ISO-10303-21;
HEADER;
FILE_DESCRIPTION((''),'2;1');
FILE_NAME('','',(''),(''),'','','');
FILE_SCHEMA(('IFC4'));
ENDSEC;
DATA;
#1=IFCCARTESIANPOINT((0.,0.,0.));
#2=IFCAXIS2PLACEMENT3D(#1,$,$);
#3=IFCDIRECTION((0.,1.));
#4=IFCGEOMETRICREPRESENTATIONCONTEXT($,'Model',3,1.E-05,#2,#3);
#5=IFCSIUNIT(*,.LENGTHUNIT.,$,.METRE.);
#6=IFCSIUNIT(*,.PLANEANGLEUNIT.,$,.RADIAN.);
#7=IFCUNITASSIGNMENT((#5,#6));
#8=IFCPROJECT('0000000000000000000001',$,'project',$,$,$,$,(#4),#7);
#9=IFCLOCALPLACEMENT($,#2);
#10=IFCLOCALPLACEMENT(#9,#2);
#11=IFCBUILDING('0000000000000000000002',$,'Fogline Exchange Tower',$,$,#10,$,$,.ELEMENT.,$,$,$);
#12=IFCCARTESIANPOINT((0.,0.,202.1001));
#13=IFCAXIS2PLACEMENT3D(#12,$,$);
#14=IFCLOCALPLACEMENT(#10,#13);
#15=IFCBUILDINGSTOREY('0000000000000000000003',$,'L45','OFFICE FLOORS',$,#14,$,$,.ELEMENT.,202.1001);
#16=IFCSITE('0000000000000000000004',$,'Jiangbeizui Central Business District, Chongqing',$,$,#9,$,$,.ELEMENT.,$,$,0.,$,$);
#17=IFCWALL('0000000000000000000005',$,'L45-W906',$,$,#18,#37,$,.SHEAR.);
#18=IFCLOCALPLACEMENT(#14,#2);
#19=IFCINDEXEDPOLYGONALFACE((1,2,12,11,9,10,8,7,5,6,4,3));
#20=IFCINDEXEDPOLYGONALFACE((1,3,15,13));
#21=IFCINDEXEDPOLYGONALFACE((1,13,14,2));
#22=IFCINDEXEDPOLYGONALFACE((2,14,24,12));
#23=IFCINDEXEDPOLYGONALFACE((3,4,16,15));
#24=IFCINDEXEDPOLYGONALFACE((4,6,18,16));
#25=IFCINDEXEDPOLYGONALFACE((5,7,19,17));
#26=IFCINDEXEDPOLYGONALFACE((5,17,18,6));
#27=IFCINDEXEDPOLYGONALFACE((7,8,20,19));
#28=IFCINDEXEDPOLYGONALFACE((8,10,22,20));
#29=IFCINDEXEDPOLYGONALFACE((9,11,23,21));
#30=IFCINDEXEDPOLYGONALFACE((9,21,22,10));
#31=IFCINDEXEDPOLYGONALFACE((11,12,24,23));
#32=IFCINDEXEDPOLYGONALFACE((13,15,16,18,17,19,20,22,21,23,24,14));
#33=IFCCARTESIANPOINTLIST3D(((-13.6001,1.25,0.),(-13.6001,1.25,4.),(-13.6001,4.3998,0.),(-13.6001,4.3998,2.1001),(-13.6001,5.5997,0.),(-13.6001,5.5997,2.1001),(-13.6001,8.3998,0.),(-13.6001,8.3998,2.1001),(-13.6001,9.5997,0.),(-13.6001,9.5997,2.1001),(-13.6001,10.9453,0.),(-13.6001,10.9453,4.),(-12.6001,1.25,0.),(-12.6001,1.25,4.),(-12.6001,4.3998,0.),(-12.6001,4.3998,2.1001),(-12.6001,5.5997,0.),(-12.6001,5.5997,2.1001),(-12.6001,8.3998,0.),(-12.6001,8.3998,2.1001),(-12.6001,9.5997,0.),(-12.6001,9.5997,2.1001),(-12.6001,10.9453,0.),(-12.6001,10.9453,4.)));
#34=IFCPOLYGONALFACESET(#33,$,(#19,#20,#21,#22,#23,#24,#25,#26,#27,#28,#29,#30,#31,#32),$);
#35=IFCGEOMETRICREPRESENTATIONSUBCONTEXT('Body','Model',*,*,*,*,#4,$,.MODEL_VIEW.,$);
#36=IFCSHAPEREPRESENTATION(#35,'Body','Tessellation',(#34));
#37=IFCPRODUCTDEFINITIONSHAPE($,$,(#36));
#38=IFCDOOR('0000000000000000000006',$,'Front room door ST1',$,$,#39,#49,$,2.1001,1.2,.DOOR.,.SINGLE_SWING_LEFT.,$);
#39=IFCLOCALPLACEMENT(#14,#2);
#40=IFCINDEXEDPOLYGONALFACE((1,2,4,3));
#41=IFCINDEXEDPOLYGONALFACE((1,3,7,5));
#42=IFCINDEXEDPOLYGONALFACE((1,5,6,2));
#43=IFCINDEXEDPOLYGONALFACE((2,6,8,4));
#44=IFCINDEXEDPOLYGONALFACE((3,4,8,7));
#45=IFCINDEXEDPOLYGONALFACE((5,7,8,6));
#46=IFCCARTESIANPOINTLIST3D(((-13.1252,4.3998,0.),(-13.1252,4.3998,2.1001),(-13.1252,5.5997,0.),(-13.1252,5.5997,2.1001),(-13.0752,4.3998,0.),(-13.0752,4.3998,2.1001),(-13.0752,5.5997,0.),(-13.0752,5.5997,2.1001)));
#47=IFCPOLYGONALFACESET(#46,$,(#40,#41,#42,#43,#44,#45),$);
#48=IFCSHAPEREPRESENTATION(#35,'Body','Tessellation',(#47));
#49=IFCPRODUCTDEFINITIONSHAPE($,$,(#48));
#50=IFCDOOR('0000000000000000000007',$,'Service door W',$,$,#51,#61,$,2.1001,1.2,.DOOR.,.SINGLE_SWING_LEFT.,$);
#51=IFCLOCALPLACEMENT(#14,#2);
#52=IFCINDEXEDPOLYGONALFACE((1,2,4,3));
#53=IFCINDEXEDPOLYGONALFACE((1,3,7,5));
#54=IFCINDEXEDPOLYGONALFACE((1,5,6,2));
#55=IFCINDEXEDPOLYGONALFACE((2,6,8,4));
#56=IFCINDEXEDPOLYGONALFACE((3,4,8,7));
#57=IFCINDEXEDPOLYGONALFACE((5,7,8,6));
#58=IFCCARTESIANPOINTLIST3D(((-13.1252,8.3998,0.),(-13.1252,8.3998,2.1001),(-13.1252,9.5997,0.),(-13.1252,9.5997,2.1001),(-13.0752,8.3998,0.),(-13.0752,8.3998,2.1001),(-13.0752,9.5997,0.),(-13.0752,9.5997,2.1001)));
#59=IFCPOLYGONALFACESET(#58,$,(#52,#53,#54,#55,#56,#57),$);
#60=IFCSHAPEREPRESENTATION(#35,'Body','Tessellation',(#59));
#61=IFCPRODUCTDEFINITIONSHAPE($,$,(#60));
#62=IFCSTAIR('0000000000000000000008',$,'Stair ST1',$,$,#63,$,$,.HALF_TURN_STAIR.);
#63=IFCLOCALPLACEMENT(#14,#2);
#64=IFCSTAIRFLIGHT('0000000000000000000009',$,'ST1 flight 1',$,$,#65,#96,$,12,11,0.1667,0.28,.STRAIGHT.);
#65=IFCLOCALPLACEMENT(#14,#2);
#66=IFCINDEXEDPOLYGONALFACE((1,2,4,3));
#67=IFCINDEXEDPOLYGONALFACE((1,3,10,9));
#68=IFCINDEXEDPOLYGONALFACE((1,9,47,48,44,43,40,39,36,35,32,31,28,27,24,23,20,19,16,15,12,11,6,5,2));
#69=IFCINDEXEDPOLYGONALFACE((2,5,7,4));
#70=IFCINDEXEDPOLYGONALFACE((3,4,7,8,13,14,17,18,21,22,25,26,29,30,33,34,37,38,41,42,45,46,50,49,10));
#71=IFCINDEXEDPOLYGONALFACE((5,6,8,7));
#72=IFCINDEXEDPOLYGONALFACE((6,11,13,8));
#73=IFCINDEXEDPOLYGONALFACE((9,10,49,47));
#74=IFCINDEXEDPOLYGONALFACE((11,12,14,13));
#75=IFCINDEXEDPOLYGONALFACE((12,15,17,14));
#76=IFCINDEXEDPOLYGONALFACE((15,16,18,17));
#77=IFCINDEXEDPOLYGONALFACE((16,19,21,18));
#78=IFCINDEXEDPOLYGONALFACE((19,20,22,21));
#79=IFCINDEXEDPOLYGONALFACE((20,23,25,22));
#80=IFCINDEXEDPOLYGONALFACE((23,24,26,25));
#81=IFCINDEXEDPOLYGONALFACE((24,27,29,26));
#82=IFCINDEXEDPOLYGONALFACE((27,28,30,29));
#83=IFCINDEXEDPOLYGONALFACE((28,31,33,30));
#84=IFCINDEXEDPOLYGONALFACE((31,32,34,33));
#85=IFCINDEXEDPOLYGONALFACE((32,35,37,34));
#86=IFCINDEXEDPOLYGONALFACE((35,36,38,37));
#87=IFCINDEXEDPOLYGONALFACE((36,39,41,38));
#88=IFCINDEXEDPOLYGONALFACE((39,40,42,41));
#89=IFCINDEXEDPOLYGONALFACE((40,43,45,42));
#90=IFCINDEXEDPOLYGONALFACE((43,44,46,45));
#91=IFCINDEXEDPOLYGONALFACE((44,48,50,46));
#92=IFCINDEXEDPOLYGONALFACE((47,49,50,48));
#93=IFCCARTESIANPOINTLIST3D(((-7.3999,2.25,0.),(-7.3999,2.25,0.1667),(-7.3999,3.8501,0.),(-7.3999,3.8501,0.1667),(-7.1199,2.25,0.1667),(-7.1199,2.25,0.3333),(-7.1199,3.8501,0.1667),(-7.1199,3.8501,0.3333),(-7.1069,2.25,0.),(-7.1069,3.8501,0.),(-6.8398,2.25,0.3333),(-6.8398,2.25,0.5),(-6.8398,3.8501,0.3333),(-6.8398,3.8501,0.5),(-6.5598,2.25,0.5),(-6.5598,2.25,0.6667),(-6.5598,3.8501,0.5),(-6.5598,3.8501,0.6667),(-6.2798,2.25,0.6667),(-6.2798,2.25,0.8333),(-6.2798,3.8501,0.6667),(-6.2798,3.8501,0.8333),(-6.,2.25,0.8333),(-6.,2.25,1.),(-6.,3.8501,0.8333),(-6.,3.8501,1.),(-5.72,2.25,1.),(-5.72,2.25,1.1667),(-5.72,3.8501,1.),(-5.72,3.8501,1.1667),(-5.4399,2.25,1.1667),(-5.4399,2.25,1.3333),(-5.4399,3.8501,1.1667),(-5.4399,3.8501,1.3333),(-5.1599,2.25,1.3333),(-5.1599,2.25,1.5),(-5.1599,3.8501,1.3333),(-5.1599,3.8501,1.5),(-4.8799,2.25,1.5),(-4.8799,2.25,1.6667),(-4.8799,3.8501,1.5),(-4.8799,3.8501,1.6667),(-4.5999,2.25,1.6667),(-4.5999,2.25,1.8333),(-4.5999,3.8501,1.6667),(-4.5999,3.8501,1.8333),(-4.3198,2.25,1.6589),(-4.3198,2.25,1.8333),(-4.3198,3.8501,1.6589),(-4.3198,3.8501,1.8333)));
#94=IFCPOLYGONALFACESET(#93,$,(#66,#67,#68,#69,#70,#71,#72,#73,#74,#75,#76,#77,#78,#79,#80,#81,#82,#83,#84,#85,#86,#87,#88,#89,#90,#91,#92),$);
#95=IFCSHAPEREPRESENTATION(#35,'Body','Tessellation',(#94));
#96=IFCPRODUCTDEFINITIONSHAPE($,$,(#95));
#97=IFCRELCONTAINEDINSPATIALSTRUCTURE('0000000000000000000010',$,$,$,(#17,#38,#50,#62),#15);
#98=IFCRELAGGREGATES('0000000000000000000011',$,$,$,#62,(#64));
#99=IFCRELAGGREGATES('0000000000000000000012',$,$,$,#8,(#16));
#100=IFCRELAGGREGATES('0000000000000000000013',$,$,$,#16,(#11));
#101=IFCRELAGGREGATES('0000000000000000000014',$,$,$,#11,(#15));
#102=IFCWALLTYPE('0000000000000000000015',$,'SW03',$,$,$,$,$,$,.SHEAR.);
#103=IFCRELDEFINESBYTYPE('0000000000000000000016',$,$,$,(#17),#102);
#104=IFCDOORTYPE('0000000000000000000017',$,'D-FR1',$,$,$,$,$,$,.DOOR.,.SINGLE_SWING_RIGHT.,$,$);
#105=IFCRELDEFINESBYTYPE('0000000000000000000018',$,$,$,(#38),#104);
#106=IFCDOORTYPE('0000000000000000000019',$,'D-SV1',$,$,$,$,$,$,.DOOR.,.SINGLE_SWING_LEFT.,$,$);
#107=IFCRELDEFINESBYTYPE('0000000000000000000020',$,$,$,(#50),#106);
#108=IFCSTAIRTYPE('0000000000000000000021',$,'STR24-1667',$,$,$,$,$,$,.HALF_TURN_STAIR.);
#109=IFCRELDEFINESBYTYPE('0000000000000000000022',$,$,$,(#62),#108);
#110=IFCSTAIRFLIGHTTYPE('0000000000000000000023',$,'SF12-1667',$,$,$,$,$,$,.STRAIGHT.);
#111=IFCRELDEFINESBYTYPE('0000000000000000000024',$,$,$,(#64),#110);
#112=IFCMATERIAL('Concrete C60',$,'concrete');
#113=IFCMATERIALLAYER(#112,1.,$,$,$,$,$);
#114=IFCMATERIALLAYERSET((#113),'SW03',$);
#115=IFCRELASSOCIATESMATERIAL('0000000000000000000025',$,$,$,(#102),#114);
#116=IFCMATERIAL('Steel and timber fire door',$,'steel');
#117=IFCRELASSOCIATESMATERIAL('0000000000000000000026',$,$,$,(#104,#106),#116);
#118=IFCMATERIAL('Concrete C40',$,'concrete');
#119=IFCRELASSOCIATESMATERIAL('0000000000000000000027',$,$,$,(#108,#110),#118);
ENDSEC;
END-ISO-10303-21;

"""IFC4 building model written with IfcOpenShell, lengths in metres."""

from ifc_helpers import new_model, si_unit, direction, frame, frame_2d, origin, place, context, subcontext, project, spatial, polyline, rectangle, outline, extrude, material, layer, layer_set, type_object, element, fill, aggregate, save


model = new_model("IFC4")

# Units and contexts
model_context = context("Model", 3, precision=1e-05, world=origin(), true_north=direction((0.0, 1.0)))
body_context = subcontext(model_context, "Body", "Model", "MODEL_VIEW")
ifc_project = project(units=[si_unit("LENGTHUNIT", "METRE"), si_unit("PLANEANGLEUNIT", "RADIAN")], contexts=[model_context])

# Site, building, storey
site_placement = place(None, origin())
site = spatial("IfcSite", under=ifc_project, at=site_placement, Name="Jiangbeizui Central Business District, Chongqing", CompositionType="ELEMENT", RefElevation=0.0)
building_placement = place(site_placement, origin())
building = spatial("IfcBuilding", under=site, at=building_placement, Name="Fogline Exchange Tower", CompositionType="ELEMENT")
storey_placement = place(building_placement, frame((0.0, 0.0, 202.1001)))
storey = spatial("IfcBuildingStorey", under=building, at=storey_placement, Name="L45", Description="OFFICE FLOORS", CompositionType="ELEMENT", Elevation=202.1001)

# Shared definitions
ifc_material_1 = material(Name="Concrete C40", Category="concrete")

# Shared definitions
ifc_material_2 = material(Name="Steel and timber fire door", Category="steel")

# Shared definitions
ifc_material_3 = material(Name="Concrete C60", Category="concrete")
ifc_layer_1 = layer(ifc_material_3, 1.0)
ifc_layer_set_1 = layer_set([ifc_layer_1], Name="SW03")
wall_type_1 = type_object("IfcWallType", Name="SW03", PredefinedType="SHEAR", material=ifc_layer_set_1)

# Wall, openings, doors
wall_1_placement = place(storey_placement, frame((-13.1001, 10.9453, 0.0), z_axis=(0.0, 0.0, 1.0), x_axis=(0.0, -1.0, 0.0)))
wall_1 = element("IfcWall", 1, at=wall_1_placement, inside=storey, type_object=wall_type_1, Name="L45-W906", PredefinedType="SHEAR", context=body_context, shape_type="SweptSolid", body=[
    extrude(rectangle(XDim=9.6953, YDim=1.0, at=frame_2d((4.8477, 0.0))), origin(), (0.0, 0.0, 1.0), 4.0),
])
opening_1_placement = place(wall_1_placement, frame((5.3455, 0.0, 0.0)))
opening_1 = element("IfcOpeningElement", 2, at=opening_1_placement, cuts=wall_1, PredefinedType="OPENING", context=body_context, shape_type="SweptSolid", body=[
    extrude(rectangle(XDim=1.2, YDim=2.1001, at=frame_2d((0.6001, 1.05))), frame((0.0, 0.51, 0.0), z_axis=(0.0, -1.0, 0.0), x_axis=(1.0, 0.0, 0.0)), (0.0, 0.0, 1.0), 1.02),
])
opening_2_placement = place(wall_1_placement, frame((1.3455, 0.0, 0.0)))
opening_2 = element("IfcOpeningElement", 3, at=opening_2_placement, cuts=wall_1, PredefinedType="OPENING", context=body_context, shape_type="SweptSolid", body=[
    extrude(rectangle(XDim=1.2, YDim=2.1001, at=frame_2d((0.6001, 1.05))), frame((0.0, 0.51, 0.0), z_axis=(0.0, -1.0, 0.0), x_axis=(1.0, 0.0, 0.0)), (0.0, 0.0, 1.0), 1.02),
])
door_type_1 = type_object("IfcDoorType", Name="D-FR1", OperationType="SINGLE_SWING_RIGHT", PredefinedType="DOOR", material=ifc_material_2)
door_1_placement = place(opening_1_placement, origin())
door_1 = element("IfcDoor", 4, at=door_1_placement, inside=storey, type_object=door_type_1, Name="Front room door ST1", OperationType="SINGLE_SWING_LEFT", OverallHeight=2.1001, OverallWidth=1.2, PredefinedType="DOOR", context=body_context, shape_type="SweptSolid", body=[
    extrude(rectangle(XDim=1.2, YDim=2.1001, at=frame_2d((0.6001, 1.05))), frame((0.0, 0.0249, 0.0), z_axis=(0.0, -1.0, 0.0), x_axis=(1.0, 0.0, 0.0)), (0.0, 0.0, 1.0), 0.05),
])
fill(opening_1, door_1)
door_type_2 = type_object("IfcDoorType", Name="D-SV1", OperationType="SINGLE_SWING_LEFT", PredefinedType="DOOR", material=ifc_material_2)
door_2_placement = place(opening_2_placement, origin())
door_2 = element("IfcDoor", 5, at=door_2_placement, inside=storey, type_object=door_type_2, Name="Service door W", OperationType="SINGLE_SWING_LEFT", OverallHeight=2.1001, OverallWidth=1.2, PredefinedType="DOOR", context=body_context, shape_type="SweptSolid", body=[
    extrude(rectangle(XDim=1.2, YDim=2.1001, at=frame_2d((0.6001, 1.05))), frame((0.0, 0.0249, 0.0), z_axis=(0.0, -1.0, 0.0), x_axis=(1.0, 0.0, 0.0)), (0.0, 0.0, 1.0), 0.05),
])
fill(opening_2, door_2)

# Stair, stair flight
stair_type = type_object("IfcStairType", Name="STR24-1667", PredefinedType="HALF_TURN_STAIR", material=ifc_material_1)
stair_placement = place(storey_placement, origin())
stair = element("IfcStair", 6, at=stair_placement, inside=storey, type_object=stair_type, Name="Stair ST1", PredefinedType="HALF_TURN_STAIR")
stair_flight_type = type_object("IfcStairFlightType", Name="SF12-1667", PredefinedType="STRAIGHT", material=ifc_material_1)
stair_flight_placement = place(storey_placement, frame((-7.3999, 3.05, 0.0), z_axis=(0.0, 0.0, 1.0), x_axis=(1.0, 0.0, 0.0)))
stair_flight = element("IfcStairFlight", 7, at=stair_flight_placement, type_object=stair_flight_type, Name="ST1 flight 1", NumberOfRisers=12, NumberOfTreads=11, PredefinedType="STRAIGHT", RiserHeight=0.1667, TreadLength=0.28, context=body_context, shape_type="SweptSolid", body=[
    extrude(outline(polyline([(0.0, 0.0), (0.0, 0.1667), (0.28, 0.1667), (0.28, 0.3333), (0.5601, 0.3333), (0.5601, 0.5), (0.8401, 0.5), (0.8401, 0.6667), (1.1201, 0.6667), (1.1201, 0.8333), (1.3999, 0.8333), (1.3999, 1.0), (1.6799, 1.0), (1.6799, 1.1667), (1.96, 1.1667), (1.96, 1.3333), (2.24, 1.3333), (2.24, 1.5), (2.52, 1.5), (2.52, 1.6667), (2.8, 1.6667), (2.8, 1.8333), (3.0801, 1.8333), (3.0801, 2.0), (3.0801, 1.6589), (0.293, 0.0), (0.0, 0.0)])), frame((0.0, 0.8, 0.0), z_axis=(0.0, -1.0, 0.0), x_axis=(1.0, 0.0, 0.0)), (0.0, 0.0, 1.0), 1.6001),
])
aggregate(stair, [stair_flight])

save(model, "model.ifc")
